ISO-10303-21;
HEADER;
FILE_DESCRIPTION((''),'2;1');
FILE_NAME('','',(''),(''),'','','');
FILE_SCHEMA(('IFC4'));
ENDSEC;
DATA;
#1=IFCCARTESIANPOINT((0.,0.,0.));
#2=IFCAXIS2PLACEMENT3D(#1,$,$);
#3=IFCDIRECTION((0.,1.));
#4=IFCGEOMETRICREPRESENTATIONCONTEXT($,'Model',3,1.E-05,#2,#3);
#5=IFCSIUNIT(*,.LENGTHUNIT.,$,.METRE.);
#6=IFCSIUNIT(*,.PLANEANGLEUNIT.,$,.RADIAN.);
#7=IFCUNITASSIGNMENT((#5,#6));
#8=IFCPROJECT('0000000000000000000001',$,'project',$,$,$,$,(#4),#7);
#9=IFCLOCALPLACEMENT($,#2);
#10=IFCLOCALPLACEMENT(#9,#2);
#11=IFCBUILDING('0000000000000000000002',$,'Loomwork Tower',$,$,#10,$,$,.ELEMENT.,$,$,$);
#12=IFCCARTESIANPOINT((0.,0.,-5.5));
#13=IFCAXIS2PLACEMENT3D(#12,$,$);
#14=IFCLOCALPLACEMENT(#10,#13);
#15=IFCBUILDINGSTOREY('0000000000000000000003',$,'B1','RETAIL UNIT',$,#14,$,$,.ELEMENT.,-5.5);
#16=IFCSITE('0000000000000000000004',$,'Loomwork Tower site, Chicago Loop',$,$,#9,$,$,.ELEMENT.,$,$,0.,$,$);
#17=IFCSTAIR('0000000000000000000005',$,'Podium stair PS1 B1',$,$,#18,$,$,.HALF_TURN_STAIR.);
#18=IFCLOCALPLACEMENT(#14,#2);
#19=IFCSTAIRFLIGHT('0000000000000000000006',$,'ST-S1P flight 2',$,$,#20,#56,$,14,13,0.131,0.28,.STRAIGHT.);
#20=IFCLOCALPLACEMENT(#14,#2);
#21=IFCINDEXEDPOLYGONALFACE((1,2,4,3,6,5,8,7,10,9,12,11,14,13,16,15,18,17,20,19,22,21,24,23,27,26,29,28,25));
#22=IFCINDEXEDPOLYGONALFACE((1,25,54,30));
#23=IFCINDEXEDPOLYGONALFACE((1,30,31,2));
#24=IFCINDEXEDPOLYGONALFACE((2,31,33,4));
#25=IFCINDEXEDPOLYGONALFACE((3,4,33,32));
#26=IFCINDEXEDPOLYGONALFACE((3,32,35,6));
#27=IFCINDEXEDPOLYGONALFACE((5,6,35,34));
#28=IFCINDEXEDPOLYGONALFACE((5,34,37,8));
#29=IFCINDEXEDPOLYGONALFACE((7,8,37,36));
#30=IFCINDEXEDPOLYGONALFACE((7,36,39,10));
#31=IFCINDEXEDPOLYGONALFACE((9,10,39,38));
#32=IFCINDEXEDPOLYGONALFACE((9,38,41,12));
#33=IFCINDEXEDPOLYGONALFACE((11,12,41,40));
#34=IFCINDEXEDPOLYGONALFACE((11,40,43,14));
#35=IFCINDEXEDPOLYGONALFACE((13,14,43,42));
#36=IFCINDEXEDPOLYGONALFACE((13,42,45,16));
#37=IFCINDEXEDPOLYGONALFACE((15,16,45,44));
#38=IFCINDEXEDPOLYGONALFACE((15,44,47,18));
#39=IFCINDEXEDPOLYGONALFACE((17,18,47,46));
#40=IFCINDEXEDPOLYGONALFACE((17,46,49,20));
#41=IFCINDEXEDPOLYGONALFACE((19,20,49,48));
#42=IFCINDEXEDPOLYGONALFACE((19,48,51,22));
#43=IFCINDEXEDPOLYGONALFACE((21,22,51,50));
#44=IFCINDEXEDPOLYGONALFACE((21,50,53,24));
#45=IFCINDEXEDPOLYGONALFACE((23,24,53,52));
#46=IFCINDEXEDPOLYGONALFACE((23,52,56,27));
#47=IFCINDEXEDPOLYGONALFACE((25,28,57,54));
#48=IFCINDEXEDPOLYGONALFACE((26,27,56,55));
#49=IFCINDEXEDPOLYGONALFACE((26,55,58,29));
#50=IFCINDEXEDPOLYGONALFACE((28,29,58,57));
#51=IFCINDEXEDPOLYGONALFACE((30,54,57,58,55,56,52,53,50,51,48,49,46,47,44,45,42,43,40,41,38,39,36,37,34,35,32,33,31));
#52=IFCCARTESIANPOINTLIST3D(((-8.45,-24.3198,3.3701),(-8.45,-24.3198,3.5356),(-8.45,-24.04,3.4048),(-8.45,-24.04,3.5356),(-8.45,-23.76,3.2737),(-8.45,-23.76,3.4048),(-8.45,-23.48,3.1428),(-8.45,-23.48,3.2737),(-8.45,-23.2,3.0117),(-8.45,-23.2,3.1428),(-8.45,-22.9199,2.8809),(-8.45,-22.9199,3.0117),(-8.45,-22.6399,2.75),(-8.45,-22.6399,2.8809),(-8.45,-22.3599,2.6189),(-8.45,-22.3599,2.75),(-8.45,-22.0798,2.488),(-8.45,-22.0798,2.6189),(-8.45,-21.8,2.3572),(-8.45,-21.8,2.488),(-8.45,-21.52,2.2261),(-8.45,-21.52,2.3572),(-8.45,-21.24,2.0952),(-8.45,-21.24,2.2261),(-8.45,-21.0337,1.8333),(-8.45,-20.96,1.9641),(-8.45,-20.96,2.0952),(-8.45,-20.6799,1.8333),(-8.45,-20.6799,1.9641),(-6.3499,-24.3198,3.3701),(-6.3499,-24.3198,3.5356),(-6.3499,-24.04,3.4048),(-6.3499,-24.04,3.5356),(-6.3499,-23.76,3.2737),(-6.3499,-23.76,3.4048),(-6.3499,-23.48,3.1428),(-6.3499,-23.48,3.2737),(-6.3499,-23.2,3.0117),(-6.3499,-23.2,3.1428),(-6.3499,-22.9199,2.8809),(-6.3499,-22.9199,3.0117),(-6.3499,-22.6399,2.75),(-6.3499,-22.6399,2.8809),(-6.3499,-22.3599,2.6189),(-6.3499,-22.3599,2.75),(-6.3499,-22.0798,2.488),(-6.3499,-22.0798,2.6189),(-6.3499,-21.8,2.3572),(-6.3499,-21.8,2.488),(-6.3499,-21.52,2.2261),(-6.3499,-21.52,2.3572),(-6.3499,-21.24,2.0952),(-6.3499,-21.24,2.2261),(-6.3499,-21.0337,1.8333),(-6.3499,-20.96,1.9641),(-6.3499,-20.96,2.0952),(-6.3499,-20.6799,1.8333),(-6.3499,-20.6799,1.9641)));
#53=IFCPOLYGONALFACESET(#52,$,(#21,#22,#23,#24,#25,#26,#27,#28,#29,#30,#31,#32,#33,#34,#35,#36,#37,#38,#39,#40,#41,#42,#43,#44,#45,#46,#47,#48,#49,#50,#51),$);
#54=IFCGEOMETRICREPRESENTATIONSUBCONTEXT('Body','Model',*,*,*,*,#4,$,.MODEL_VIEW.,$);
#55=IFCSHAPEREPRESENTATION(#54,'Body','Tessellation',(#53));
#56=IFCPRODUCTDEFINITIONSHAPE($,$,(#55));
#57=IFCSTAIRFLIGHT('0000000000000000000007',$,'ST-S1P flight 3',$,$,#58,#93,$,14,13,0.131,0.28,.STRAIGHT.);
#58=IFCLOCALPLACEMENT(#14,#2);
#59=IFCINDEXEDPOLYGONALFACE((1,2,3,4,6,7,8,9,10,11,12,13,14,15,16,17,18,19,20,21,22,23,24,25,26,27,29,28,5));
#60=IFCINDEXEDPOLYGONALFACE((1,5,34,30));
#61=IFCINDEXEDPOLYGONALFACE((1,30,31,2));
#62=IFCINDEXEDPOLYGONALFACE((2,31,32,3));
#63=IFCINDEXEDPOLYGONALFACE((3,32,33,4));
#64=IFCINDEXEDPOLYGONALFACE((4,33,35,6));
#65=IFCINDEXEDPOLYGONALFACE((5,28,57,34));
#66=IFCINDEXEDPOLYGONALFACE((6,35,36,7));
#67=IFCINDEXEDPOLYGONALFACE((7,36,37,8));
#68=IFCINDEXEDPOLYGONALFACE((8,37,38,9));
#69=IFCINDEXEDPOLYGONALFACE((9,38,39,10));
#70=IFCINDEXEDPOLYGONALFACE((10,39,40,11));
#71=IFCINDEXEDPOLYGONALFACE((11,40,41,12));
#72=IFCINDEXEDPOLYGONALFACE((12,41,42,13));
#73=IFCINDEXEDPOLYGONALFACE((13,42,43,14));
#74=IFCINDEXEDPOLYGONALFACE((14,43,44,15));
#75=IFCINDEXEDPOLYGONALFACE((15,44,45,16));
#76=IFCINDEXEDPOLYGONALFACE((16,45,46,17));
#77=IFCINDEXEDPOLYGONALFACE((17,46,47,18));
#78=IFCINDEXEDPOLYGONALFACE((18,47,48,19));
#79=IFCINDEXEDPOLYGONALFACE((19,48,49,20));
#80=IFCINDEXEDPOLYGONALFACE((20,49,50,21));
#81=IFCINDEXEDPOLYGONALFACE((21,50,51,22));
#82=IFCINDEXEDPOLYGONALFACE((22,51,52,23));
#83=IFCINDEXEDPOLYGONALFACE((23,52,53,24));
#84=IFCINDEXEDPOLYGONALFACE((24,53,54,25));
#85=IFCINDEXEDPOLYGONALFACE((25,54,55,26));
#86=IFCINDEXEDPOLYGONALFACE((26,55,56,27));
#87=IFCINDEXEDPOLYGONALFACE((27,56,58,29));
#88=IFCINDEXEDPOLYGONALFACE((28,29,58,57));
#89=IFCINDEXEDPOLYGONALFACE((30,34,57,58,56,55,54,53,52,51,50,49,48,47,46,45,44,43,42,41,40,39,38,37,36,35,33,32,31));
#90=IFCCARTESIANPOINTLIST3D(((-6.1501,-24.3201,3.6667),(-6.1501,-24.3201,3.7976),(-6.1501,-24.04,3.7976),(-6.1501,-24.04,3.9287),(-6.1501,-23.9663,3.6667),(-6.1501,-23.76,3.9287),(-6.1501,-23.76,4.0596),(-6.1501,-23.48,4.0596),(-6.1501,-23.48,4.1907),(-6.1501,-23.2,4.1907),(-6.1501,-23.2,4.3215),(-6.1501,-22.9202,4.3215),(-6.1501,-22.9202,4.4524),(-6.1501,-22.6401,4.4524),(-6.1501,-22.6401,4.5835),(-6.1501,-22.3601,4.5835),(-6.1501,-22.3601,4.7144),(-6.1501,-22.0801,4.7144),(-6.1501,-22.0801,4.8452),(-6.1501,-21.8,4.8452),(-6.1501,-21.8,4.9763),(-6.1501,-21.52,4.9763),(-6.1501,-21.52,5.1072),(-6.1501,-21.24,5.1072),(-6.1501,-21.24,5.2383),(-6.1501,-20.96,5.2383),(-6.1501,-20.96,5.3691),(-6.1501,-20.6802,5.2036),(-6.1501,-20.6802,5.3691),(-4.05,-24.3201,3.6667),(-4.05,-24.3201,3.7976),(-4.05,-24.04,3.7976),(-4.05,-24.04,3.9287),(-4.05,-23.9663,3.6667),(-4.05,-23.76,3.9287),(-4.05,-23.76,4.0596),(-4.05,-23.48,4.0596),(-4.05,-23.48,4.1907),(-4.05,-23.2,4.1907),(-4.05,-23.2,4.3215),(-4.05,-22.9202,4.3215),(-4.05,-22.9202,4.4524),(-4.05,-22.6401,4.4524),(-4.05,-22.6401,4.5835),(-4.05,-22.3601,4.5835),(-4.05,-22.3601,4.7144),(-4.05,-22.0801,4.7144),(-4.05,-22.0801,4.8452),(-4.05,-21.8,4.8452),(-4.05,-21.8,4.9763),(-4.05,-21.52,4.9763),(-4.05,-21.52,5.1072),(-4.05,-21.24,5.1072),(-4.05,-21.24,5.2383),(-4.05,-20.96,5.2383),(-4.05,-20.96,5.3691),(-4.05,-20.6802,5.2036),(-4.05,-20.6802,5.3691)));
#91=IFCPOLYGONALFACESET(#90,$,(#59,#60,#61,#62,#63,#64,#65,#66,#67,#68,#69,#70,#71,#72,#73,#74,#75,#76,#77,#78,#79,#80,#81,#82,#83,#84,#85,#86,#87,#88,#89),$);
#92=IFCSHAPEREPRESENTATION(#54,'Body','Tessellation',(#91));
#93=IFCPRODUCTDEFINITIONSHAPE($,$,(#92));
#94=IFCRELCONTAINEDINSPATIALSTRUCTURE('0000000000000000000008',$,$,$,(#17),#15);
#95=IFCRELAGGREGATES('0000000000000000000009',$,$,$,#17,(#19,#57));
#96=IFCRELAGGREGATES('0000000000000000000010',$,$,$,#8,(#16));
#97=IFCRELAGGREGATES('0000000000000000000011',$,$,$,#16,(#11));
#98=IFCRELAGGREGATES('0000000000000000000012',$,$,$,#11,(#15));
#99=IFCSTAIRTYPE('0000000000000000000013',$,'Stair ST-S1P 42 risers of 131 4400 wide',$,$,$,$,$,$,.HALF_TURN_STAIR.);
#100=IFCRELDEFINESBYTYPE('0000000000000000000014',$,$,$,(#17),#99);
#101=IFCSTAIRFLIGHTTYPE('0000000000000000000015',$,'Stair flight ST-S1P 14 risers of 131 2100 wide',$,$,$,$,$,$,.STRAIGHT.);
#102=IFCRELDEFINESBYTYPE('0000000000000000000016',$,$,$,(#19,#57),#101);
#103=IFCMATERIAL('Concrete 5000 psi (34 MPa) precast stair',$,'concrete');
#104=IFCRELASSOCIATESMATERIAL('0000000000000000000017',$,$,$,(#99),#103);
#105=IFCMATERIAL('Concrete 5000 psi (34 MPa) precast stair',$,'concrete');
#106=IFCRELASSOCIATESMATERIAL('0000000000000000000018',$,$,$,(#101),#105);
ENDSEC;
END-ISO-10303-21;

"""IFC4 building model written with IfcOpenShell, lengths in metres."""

from ifc_helpers import new_model, si_unit, direction, frame, origin, place, context, subcontext, project, spatial, polyline, outline, extrude, material, type_object, element, aggregate, save


model = new_model("IFC4")

# Units and contexts
model_context = context("Model", 3, precision=1e-05, world=origin(), true_north=direction((0.0, 1.0)))
body_context = subcontext(model_context, "Body", "Model", "MODEL_VIEW")
ifc_project = project(units=[si_unit("LENGTHUNIT", "METRE"), si_unit("PLANEANGLEUNIT", "RADIAN")], contexts=[model_context])

# Site, building, storey
site_placement = place(None, origin())
site = spatial("IfcSite", under=ifc_project, at=site_placement, Name="Loomwork Tower site, Chicago Loop", CompositionType="ELEMENT", RefElevation=0.0)
building_placement = place(site_placement, origin())
building = spatial("IfcBuilding", under=site, at=building_placement, Name="Loomwork Tower", CompositionType="ELEMENT")
storey_placement = place(building_placement, frame((0.0, 0.0, -5.5)))
storey = spatial("IfcBuildingStorey", under=building, at=storey_placement, Name="B1", Description="RETAIL UNIT", CompositionType="ELEMENT", Elevation=-5.5)

# Stair, stair flights
ifc_material_1 = material(Name="Concrete 5000 psi (34 MPa) precast stair", Category="concrete")
stair_type = type_object("IfcStairType", Name="Stair ST-S1P 42 risers of 131 4400 wide", PredefinedType="HALF_TURN_STAIR", material=ifc_material_1)
stair_placement = place(storey_placement, origin())
stair = element("IfcStair", 1, at=stair_placement, inside=storey, type_object=stair_type, Name="Podium stair PS1 B1", PredefinedType="HALF_TURN_STAIR")
ifc_material_2 = material(Name="Concrete 5000 psi (34 MPa) precast stair", Category="concrete")
stair_flight_type = type_object("IfcStairFlightType", Name="Stair flight ST-S1P 14 risers of 131 2100 wide", PredefinedType="STRAIGHT", material=ifc_material_2)
stair_flight_1_placement = place(storey_placement, frame((-7.3999, -20.6799, 1.8333), z_axis=(0.0, 0.0, 1.0), x_axis=(0.0, -1.0, 0.0)))
stair_flight_1 = element("IfcStairFlight", 2, at=stair_flight_1_placement, type_object=stair_flight_type, Name="ST-S1P flight 2", NumberOfRisers=14, NumberOfTreads=13, PredefinedType="STRAIGHT", RiserHeight=0.131, TreadLength=0.28, context=body_context, shape_type="SweptSolid", body=[
    extrude(outline(polyline([(0.0, 0.0), (0.0, 0.1309), (0.28, 0.1309), (0.28, 0.262), (0.5601, 0.262), (0.5601, 0.3928), (0.8401, 0.3928), (0.8401, 0.5239), (1.1201, 0.5239), (1.1201, 0.6548), (1.3999, 0.6548), (1.3999, 0.7856), (1.6799, 0.7856), (1.6799, 0.9167), (1.96, 0.9167), (1.96, 1.0476), (2.24, 1.0476), (2.24, 1.1785), (2.52, 1.1785), (2.52, 1.3096), (2.8, 1.3096), (2.8, 1.4404), (3.0801, 1.4404), (3.0801, 1.5715), (3.3601, 1.5715), (3.3601, 1.7024), (3.6399, 1.7024), (3.6399, 1.8333), (3.6399, 1.5369), (0.3538, 0.0), (0.0, 0.0)])), frame((0.0, 1.05, 0.0), z_axis=(0.0, -1.0, 0.0), x_axis=(1.0, 0.0, 0.0)), (0.0, 0.0, 1.0), 2.1001),
])
stair_flight_2_placement = place(storey_placement, frame((-5.1001, -24.3201, 3.6667), z_axis=(0.0, 0.0, 1.0), x_axis=(0.0, 1.0, 0.0)))
stair_flight_2 = element("IfcStairFlight", 3, at=stair_flight_2_placement, type_object=stair_flight_type, Name="ST-S1P flight 3", NumberOfRisers=14, NumberOfTreads=13, PredefinedType="STRAIGHT", RiserHeight=0.131, TreadLength=0.28, context=body_context, shape_type="SweptSolid", body=[
    extrude(outline(polyline([(0.0, 0.0), (0.0, 0.1309), (0.28, 0.1309), (0.28, 0.262), (0.5601, 0.262), (0.5601, 0.3928), (0.8401, 0.3928), (0.8401, 0.5239), (1.1201, 0.5239), (1.1201, 0.6548), (1.3999, 0.6548), (1.3999, 0.7856), (1.6799, 0.7856), (1.6799, 0.9167), (1.96, 0.9167), (1.96, 1.0476), (2.24, 1.0476), (2.24, 1.1785), (2.52, 1.1785), (2.52, 1.3096), (2.8, 1.3096), (2.8, 1.4404), (3.0801, 1.4404), (3.0801, 1.5715), (3.3601, 1.5715), (3.3601, 1.7024), (3.6399, 1.7024), (3.6399, 1.8333), (3.6399, 1.5369), (0.3538, 0.0), (0.0, 0.0)])), frame((0.0, 1.05, 0.0), z_axis=(0.0, -1.0, 0.0), x_axis=(1.0, 0.0, 0.0)), (0.0, 0.0, 1.0), 2.1001),
])
aggregate(stair, [stair_flight_1, stair_flight_2])

save(model, "model.ifc")
